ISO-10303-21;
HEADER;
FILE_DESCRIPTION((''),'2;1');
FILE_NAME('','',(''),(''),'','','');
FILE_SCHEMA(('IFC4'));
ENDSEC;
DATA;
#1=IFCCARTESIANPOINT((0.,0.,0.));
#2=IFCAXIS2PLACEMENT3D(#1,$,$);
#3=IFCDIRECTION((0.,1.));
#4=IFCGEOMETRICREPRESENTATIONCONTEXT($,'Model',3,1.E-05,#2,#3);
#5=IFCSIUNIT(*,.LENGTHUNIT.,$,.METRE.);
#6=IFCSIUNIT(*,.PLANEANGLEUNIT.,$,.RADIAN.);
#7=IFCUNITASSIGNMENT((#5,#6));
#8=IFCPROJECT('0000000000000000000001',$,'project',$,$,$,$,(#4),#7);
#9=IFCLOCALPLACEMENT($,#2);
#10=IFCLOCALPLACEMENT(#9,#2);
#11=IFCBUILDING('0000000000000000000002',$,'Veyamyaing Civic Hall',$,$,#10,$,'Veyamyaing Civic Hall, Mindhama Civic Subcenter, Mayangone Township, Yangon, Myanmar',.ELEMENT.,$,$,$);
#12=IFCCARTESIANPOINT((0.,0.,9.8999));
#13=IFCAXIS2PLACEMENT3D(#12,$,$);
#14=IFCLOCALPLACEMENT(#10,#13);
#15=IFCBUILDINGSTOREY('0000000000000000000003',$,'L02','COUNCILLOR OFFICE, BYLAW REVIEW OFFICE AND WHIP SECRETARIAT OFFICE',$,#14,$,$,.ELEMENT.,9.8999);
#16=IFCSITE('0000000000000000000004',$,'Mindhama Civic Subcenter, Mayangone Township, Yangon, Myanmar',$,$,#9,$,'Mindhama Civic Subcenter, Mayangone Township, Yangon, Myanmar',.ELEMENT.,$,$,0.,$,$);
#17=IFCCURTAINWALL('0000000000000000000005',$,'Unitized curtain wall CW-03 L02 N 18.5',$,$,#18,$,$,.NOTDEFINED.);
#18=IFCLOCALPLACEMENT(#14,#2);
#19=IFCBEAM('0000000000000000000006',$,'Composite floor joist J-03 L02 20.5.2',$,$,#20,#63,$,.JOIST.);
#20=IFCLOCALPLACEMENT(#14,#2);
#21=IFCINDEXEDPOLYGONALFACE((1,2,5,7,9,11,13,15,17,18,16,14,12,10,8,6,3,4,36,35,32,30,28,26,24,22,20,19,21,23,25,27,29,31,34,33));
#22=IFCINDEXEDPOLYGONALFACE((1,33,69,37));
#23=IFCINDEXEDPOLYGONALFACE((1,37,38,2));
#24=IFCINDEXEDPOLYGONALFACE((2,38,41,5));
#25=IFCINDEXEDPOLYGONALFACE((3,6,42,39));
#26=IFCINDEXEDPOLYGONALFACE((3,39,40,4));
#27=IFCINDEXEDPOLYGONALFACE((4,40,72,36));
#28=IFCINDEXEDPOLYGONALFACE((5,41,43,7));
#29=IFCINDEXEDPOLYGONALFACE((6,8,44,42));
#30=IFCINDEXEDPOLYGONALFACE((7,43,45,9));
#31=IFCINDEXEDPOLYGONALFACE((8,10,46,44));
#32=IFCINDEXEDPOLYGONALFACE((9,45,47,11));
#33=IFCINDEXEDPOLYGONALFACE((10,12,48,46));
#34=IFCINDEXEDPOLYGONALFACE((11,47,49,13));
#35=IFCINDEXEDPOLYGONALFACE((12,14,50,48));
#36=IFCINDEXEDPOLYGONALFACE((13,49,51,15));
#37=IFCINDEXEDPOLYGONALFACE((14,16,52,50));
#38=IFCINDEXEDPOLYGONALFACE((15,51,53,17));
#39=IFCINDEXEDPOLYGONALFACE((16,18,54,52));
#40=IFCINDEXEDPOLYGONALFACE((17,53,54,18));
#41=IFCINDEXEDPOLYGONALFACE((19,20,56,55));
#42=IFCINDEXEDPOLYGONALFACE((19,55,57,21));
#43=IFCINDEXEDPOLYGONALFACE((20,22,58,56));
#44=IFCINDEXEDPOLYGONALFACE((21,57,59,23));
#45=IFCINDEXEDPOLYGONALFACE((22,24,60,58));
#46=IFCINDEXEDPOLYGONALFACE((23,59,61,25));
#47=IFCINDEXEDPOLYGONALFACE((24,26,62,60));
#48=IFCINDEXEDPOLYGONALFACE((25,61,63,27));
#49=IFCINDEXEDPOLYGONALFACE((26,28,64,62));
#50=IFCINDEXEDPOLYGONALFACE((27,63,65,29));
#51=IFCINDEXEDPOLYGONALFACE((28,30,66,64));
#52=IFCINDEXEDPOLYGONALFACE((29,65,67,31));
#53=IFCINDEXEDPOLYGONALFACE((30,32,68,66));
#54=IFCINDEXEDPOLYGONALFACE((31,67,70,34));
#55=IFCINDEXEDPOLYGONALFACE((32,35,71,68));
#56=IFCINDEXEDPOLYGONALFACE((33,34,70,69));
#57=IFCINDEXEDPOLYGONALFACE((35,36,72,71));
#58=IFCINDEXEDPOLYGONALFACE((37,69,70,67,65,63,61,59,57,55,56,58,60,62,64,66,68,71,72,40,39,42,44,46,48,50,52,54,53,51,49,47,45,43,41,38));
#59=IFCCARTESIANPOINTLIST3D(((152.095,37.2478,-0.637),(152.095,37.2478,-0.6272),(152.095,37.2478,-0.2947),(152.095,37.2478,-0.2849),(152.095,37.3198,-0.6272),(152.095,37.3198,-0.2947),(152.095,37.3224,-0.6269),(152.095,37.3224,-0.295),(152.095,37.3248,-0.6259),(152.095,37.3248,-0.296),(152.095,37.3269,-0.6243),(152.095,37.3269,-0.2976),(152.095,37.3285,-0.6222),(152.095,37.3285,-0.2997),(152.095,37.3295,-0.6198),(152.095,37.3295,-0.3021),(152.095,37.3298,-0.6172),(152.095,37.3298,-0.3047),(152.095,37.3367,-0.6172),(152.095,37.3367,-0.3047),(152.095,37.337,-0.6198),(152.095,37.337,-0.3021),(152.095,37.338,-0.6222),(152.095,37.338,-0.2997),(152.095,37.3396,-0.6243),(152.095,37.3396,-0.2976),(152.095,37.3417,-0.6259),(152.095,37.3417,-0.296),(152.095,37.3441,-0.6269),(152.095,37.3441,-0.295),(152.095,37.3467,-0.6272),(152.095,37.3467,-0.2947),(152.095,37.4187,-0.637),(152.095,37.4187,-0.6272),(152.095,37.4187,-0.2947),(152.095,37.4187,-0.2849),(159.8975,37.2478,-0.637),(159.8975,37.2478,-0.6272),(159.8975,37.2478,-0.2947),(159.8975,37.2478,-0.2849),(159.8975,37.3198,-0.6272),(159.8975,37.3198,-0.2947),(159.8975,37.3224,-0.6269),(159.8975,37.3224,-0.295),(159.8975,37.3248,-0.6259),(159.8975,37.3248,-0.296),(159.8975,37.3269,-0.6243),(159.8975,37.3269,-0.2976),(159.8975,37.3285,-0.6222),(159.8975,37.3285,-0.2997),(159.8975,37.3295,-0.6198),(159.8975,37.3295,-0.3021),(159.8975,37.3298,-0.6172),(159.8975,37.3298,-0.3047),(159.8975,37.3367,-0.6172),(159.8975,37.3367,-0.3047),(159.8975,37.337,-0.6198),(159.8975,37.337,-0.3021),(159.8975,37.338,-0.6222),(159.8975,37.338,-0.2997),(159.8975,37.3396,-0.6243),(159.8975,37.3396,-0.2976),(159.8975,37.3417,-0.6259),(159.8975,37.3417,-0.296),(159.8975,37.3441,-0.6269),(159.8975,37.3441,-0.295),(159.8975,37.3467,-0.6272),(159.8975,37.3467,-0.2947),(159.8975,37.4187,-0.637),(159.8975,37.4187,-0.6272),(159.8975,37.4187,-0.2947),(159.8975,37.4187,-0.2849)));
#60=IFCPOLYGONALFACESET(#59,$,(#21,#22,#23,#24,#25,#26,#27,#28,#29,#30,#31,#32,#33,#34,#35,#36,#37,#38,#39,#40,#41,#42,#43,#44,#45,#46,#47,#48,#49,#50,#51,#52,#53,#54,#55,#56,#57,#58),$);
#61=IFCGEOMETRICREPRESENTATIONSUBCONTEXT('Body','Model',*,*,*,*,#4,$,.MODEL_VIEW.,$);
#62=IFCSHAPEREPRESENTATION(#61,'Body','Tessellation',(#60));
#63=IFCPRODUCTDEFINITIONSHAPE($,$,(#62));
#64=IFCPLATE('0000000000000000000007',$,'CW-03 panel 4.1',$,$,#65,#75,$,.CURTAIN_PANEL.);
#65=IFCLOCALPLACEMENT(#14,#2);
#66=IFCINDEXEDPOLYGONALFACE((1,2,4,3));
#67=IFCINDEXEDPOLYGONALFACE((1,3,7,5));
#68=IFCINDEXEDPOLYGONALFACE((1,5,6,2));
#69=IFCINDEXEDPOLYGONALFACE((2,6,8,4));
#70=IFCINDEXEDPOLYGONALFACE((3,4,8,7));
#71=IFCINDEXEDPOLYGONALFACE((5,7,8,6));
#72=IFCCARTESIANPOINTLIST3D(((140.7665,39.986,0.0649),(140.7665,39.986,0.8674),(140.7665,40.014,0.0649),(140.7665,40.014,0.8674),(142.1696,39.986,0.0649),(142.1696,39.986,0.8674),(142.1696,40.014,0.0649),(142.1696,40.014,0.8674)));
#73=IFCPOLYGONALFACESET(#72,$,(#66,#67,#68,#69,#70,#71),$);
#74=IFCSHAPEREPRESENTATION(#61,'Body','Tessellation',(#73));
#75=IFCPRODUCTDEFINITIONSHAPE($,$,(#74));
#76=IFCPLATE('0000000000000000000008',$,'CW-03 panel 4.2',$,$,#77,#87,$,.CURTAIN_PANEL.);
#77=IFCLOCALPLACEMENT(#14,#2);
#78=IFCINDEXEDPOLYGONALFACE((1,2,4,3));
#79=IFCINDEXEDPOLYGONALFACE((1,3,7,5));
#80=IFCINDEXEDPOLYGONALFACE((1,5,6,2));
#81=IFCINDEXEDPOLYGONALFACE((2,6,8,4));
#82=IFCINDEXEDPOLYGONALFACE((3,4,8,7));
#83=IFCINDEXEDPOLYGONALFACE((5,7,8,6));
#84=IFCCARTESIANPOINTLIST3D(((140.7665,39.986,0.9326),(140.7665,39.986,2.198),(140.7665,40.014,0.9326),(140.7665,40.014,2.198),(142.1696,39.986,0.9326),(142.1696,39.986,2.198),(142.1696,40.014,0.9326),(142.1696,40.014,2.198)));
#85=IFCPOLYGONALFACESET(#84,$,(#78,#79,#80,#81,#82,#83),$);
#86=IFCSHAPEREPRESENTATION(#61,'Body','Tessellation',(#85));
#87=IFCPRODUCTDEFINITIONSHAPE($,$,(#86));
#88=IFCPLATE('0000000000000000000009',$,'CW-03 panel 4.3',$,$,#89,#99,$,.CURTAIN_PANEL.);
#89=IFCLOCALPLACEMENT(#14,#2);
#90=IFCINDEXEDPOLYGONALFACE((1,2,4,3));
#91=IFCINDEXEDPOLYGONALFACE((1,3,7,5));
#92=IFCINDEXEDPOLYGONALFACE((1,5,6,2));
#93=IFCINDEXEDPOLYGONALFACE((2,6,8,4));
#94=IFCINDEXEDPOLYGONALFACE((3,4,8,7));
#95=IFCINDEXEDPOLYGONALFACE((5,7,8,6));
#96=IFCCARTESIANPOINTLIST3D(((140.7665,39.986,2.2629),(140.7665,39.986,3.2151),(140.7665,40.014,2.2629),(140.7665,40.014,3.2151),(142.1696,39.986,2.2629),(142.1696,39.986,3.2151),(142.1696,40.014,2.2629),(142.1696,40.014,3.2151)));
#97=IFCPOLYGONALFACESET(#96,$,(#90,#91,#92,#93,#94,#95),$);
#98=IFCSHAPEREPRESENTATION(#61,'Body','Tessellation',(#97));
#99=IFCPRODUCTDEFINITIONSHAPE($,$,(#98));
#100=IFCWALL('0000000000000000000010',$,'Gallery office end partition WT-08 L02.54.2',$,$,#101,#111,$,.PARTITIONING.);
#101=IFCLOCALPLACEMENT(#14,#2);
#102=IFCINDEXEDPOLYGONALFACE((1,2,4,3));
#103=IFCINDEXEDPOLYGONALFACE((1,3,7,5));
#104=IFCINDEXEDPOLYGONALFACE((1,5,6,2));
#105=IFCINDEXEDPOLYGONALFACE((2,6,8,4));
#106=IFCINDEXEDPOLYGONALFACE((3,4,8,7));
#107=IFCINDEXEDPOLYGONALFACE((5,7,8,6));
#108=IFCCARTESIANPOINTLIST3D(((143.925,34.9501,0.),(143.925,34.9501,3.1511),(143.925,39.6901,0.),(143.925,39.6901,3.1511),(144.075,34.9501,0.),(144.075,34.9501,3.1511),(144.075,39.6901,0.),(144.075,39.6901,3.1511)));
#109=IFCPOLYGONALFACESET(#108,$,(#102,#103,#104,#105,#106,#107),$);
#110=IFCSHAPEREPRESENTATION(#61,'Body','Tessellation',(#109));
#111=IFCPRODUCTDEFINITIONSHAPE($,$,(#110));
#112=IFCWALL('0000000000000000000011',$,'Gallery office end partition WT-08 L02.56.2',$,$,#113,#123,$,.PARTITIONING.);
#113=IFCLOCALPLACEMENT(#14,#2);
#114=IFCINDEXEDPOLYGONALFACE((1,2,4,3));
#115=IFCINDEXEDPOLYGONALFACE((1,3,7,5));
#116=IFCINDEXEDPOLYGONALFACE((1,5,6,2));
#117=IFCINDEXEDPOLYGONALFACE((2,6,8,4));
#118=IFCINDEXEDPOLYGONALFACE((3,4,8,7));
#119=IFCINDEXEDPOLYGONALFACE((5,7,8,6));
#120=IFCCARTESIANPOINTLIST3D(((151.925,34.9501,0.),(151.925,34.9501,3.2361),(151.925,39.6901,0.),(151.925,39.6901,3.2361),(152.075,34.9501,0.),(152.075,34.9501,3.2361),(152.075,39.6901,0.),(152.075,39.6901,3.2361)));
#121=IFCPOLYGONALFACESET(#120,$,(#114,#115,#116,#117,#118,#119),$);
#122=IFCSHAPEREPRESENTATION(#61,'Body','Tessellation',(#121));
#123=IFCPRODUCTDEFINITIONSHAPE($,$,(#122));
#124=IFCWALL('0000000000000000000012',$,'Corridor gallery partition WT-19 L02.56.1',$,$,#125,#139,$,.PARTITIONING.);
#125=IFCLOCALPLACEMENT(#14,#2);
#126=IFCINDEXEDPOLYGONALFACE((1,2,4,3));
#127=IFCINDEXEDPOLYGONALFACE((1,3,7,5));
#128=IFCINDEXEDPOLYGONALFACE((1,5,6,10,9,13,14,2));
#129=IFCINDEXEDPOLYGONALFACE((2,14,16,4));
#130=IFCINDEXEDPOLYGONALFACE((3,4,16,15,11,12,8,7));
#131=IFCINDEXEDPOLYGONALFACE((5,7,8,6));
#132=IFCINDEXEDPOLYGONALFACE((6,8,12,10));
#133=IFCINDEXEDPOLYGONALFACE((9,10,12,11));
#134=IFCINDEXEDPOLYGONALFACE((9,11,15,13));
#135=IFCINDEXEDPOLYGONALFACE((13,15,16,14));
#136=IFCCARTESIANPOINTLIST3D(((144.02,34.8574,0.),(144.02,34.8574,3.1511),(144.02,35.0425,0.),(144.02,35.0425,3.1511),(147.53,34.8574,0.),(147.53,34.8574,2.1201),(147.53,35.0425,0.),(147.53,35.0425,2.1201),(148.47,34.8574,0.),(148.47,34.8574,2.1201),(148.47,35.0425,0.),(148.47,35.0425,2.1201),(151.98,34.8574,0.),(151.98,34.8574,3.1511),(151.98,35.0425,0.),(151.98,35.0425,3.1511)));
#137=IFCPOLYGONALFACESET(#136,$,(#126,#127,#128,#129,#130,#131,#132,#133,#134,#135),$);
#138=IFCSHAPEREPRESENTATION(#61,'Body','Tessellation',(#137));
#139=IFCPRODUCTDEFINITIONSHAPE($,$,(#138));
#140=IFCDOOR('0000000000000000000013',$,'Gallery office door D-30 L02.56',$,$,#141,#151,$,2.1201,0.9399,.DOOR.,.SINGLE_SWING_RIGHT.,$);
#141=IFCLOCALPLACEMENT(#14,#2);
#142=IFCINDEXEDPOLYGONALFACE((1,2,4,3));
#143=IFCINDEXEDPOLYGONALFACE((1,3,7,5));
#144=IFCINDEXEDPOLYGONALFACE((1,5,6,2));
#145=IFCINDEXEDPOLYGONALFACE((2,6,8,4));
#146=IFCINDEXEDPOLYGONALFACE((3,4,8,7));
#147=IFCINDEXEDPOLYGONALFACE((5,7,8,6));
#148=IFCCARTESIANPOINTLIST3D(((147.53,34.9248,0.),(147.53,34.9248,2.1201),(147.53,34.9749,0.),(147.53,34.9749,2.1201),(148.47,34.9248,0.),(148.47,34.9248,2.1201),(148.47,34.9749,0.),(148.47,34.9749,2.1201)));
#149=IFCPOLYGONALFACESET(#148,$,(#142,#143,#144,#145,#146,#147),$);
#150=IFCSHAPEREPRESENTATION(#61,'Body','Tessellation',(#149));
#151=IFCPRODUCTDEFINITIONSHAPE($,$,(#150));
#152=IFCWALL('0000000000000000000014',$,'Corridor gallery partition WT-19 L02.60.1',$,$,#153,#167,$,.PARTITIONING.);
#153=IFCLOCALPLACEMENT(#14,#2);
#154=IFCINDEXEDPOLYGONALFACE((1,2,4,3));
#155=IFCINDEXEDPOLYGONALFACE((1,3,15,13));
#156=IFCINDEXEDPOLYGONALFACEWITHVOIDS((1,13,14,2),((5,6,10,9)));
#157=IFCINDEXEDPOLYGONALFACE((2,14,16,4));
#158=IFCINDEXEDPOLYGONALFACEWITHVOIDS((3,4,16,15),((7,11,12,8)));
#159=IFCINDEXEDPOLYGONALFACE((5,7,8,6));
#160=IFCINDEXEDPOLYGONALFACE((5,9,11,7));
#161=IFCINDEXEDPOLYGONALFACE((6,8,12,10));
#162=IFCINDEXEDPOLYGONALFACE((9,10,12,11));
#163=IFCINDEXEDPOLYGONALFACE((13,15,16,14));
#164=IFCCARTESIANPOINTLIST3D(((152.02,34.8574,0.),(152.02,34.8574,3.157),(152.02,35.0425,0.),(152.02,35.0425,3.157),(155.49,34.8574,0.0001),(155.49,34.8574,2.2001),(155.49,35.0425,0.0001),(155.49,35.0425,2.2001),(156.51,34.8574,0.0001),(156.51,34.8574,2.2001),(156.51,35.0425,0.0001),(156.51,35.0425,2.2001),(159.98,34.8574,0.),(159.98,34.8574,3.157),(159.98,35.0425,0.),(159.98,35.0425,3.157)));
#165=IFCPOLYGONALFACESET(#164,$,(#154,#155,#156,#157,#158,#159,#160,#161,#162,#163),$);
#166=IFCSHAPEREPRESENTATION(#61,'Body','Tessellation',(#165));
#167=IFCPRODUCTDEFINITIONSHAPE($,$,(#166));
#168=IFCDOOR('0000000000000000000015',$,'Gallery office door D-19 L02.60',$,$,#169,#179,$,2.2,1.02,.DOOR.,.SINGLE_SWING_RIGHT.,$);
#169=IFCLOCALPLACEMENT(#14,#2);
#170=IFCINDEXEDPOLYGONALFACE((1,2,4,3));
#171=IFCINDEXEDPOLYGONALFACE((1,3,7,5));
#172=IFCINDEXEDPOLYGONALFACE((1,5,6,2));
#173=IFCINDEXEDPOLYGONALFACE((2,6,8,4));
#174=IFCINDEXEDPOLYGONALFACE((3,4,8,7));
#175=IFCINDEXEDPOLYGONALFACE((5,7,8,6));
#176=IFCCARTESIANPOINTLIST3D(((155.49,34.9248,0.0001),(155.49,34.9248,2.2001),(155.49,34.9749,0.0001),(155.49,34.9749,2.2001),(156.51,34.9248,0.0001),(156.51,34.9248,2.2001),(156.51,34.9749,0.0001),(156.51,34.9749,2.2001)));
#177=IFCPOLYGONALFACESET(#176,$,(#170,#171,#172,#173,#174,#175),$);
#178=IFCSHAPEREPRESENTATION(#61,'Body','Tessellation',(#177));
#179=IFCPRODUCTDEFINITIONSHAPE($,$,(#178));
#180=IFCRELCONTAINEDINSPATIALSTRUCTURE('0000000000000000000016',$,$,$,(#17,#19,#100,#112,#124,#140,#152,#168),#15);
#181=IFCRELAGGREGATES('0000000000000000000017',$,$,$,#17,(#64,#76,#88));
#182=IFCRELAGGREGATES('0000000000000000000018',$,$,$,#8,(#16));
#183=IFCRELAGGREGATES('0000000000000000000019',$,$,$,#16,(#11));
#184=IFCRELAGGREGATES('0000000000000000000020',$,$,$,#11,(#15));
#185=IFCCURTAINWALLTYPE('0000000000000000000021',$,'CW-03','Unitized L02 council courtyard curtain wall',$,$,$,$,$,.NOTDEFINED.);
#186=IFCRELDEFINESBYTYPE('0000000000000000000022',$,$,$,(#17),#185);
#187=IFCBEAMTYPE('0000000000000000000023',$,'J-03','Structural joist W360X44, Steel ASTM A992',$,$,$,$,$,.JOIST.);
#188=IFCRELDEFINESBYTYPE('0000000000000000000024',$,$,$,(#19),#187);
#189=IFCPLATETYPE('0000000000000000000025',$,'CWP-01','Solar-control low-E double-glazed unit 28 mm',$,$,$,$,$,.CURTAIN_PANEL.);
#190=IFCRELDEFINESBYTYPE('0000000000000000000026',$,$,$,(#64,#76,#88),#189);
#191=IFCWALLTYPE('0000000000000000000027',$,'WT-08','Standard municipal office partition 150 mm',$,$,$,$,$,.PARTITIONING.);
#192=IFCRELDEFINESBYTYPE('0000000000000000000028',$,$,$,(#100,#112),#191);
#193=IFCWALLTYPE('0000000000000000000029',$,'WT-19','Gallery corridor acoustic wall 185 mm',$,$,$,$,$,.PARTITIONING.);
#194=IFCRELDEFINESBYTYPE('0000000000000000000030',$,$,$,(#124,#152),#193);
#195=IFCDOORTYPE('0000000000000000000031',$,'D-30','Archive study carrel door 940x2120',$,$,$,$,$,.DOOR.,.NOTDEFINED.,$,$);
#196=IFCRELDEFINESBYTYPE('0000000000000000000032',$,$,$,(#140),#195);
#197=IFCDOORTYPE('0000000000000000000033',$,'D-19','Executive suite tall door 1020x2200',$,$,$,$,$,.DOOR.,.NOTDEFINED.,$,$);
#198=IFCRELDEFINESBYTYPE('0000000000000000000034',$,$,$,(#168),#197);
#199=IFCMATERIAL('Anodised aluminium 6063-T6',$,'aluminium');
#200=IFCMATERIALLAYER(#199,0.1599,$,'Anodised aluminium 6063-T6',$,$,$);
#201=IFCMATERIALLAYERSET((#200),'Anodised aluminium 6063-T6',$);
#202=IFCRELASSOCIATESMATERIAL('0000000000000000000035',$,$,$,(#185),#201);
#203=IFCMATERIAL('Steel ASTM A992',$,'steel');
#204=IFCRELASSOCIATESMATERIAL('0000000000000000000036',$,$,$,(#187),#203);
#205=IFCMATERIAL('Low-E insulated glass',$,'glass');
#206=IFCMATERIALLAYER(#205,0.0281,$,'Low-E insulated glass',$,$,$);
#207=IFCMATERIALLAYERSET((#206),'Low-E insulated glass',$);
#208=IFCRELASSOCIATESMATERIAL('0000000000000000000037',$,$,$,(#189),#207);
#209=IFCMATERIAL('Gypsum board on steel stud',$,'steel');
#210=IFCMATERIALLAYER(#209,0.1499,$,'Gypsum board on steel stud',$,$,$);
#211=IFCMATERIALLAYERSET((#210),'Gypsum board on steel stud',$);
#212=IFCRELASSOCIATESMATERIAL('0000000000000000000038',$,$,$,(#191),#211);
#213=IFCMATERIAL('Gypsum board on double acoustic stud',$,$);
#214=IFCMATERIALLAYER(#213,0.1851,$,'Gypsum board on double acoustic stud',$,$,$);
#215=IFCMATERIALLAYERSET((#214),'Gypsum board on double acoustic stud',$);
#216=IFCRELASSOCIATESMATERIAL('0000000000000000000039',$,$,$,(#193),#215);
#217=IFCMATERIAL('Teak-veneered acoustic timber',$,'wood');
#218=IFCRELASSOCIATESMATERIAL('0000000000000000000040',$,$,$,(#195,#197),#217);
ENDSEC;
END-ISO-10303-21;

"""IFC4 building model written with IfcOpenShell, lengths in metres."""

from ifc_helpers import new_model, si_unit, direction, frame, frame_2d, origin, origin_2d, place, context, subcontext, project, spatial, rectangle, i_section, extrude, material, layer, layer_set, material_profile, profile_set, type_object, element, fill, aggregate, save


model = new_model("IFC4")

# Units and contexts
model_context = context("Model", 3, precision=1e-05, world=origin(), true_north=direction((0.0, 1.0)))
body_context = subcontext(model_context, "Body", "Model", "MODEL_VIEW")
ifc_project = project(units=[si_unit("LENGTHUNIT", "METRE"), si_unit("PLANEANGLEUNIT", "RADIAN")], contexts=[model_context])

# Site, building, storey
site_placement = place(None, origin())
site = spatial("IfcSite", under=ifc_project, at=site_placement, Name="Mindhama Civic Subcenter, Mayangone Township, Yangon, Myanmar", LongName="Mindhama Civic Subcenter, Mayangone Township, Yangon, Myanmar", CompositionType="ELEMENT", RefElevation=0.0)
building_placement = place(site_placement, origin())
building = spatial("IfcBuilding", under=site, at=building_placement, Name="Veyamyaing Civic Hall", LongName="Veyamyaing Civic Hall, Mindhama Civic Subcenter, Mayangone Township, Yangon, Myanmar", CompositionType="ELEMENT")
storey_placement = place(building_placement, frame((0.0, 0.0, 9.8999)))
storey = spatial("IfcBuildingStorey", under=building, at=storey_placement, Name="L02", Description="COUNCILLOR OFFICE, BYLAW REVIEW OFFICE AND WHIP SECRETARIAT OFFICE", CompositionType="ELEMENT", Elevation=9.8999)

# Shared definitions
ifc_material_1 = material(Name="Steel ASTM A992", Category="steel")

# Curtain wall
ifc_material_2 = material(Name="Anodised aluminium 6063-T6", Category="aluminium")
ifc_layer_1 = layer(ifc_material_2, 0.1599, Name="Anodised aluminium 6063-T6")
ifc_layer_set_1 = layer_set([ifc_layer_1], Name="Anodised aluminium 6063-T6")
curtain_wall_type = type_object("IfcCurtainWallType", Name="CW-03", Description="Unitized L02 council courtyard curtain wall", PredefinedType="NOTDEFINED", material=ifc_layer_set_1)
curtain_wall_placement = place(storey_placement, origin())
curtain_wall = element("IfcCurtainWall", 1, at=curtain_wall_placement, inside=storey, type_object=curtain_wall_type, Name="Unitized curtain wall CW-03 L02 N 18.5", PredefinedType="NOTDEFINED")

# Beam
ifc_material_profile_1 = material_profile(ifc_material_1, i_section(OverallWidth=0.1709, OverallDepth=0.3521, WebThickness=0.0068, FlangeThickness=0.0098, FilletRadius=0.01, at=origin_2d()), Name="W360X44")
ifc_profile_set_1 = profile_set([ifc_material_profile_1], Name="Steel ASTM A992")
beam_type_1 = type_object("IfcBeamType", Name="J-03", Description="Structural joist W360X44, Steel ASTM A992", PredefinedType="JOIST", material=ifc_profile_set_1)
for number, where, z_axis, x_axis, name in (
    (2, (152.095, 37.3333, -0.4609), (1.0, 0.0, 0.0), (0.0, 1.0, 0.0), "Composite floor joist J-03 L02 20.5.2"),
):
    element("IfcBeam", number, at=place(storey_placement, frame(where, z_axis=z_axis, x_axis=x_axis)), inside=storey, type_object=beam_type_1, Name=name, PredefinedType="JOIST", context=body_context, shape_type="SweptSolid", body=[
        extrude(i_section(OverallWidth=0.1709, OverallDepth=0.3521, WebThickness=0.0068, FlangeThickness=0.0098, FilletRadius=0.01, at=origin_2d()), origin(), (0.0, 0.0, 1.0), 7.8025),
    ])

# Plates
ifc_material_3 = material(Name="Low-E insulated glass", Category="glass")
ifc_layer_2 = layer(ifc_material_3, 0.0281, Name="Low-E insulated glass")
ifc_layer_set_2 = layer_set([ifc_layer_2], Name="Low-E insulated glass")
plate_type = type_object("IfcPlateType", Name="CWP-01", Description="Solar-control low-E double-glazed unit 28 mm", PredefinedType="CURTAIN_PANEL", material=ifc_layer_set_2)
plate_1_placement = place(storey_placement, frame((141.468, 40.0, 0.0649), z_axis=(0.0, 0.0, 1.0), x_axis=(1.0, 0.0, 0.0)))
plate_1 = element("IfcPlate", 3, at=plate_1_placement, type_object=plate_type, Name="CW-03 panel 4.1", PredefinedType="CURTAIN_PANEL", context=body_context, shape_type="SweptSolid", body=[
    extrude(rectangle(XDim=1.4031, YDim=0.0281, at=origin_2d()), origin(), (0.0, 0.0, 1.0), 0.8025),
])
plate_2_placement = place(storey_placement, frame((141.468, 40.0, 0.9326), z_axis=(0.0, 0.0, 1.0), x_axis=(1.0, 0.0, 0.0)))
plate_2 = element("IfcPlate", 4, at=plate_2_placement, type_object=plate_type, Name="CW-03 panel 4.2", PredefinedType="CURTAIN_PANEL", context=body_context, shape_type="SweptSolid", body=[
    extrude(rectangle(XDim=1.4031, YDim=0.0281, at=origin_2d()), origin(), (0.0, 0.0, 1.0), 1.2654),
])
plate_3_placement = place(storey_placement, frame((141.468, 40.0, 2.2629), z_axis=(0.0, 0.0, 1.0), x_axis=(1.0, 0.0, 0.0)))
plate_3 = element("IfcPlate", 5, at=plate_3_placement, type_object=plate_type, Name="CW-03 panel 4.3", PredefinedType="CURTAIN_PANEL", context=body_context, shape_type="SweptSolid", body=[
    extrude(rectangle(XDim=1.4031, YDim=0.0281, at=origin_2d()), origin(), (0.0, 0.0, 1.0), 0.9521),
])
aggregate(curtain_wall, [plate_1, plate_2, plate_3])

# Walls
ifc_material_4 = material(Name="Gypsum board on steel stud", Category="steel")
ifc_layer_3 = layer(ifc_material_4, 0.1499, Name="Gypsum board on steel stud")
ifc_layer_set_3 = layer_set([ifc_layer_3], Name="Gypsum board on steel stud")
wall_type_1 = type_object("IfcWallType", Name="WT-08", Description="Standard municipal office partition 150 mm", PredefinedType="PARTITIONING", material=ifc_layer_set_3)
wall_1_placement = place(storey_placement, frame((144.0, 34.95, 0.0), z_axis=(0.0, 0.0, 1.0), x_axis=(0.0, 1.0, 0.0)))
element("IfcWall", 6, at=wall_1_placement, inside=storey, type_object=wall_type_1, Name="Gallery office end partition WT-08 L02.54.2", PredefinedType="PARTITIONING", context=body_context, shape_type="SweptSolid", body=[
    extrude(rectangle(XDim=4.74, YDim=0.1499, at=frame_2d((2.3701, 0.0))), origin(), (0.0, 0.0, 1.0), 3.1511),
])
wall_2_placement = place(storey_placement, frame((152.0, 34.95, 0.0), z_axis=(0.0, 0.0, 1.0), x_axis=(0.0, 1.0, 0.0)))
element("IfcWall", 7, at=wall_2_placement, inside=storey, type_object=wall_type_1, Name="Gallery office end partition WT-08 L02.56.2", PredefinedType="PARTITIONING", context=body_context, shape_type="SweptSolid", body=[
    extrude(rectangle(XDim=4.74, YDim=0.1499, at=frame_2d((2.3701, 0.0))), origin(), (0.0, 0.0, 1.0), 3.2361),
])

# Walls, openings, doors
ifc_material_5 = material(Name="Gypsum board on double acoustic stud")
ifc_layer_4 = layer(ifc_material_5, 0.1851, Name="Gypsum board on double acoustic stud")
ifc_layer_set_4 = layer_set([ifc_layer_4], Name="Gypsum board on double acoustic stud")
wall_type_2 = type_object("IfcWallType", Name="WT-19", Description="Gallery corridor acoustic wall 185 mm", PredefinedType="PARTITIONING", material=ifc_layer_set_4)
wall_3_placement = place(storey_placement, frame((144.02, 34.95, 0.0), z_axis=(0.0, 0.0, 1.0), x_axis=(1.0, 0.0, 0.0)))
wall_3 = element("IfcWall", 8, at=wall_3_placement, inside=storey, type_object=wall_type_2, Name="Corridor gallery partition WT-19 L02.56.1", PredefinedType="PARTITIONING", context=body_context, shape_type="SweptSolid", body=[
    extrude(rectangle(XDim=7.96, YDim=0.1851, at=frame_2d((3.98, 0.0))), origin(), (0.0, 0.0, 1.0), 3.1511),
])
opening_1_placement = place(wall_3_placement, frame((3.51, 0.0, 0.0)))
opening_1 = element("IfcOpeningElement", 9, at=opening_1_placement, cuts=wall_3, PredefinedType="OPENING", context=body_context, shape_type="SweptSolid", body=[
    extrude(rectangle(XDim=0.9399, YDim=2.1201, at=frame_2d((0.47, 1.0601))), frame((0.0, 0.1025, 0.0), z_axis=(0.0, -1.0, 0.0), x_axis=(1.0, 0.0, 0.0)), (0.0, 0.0, 1.0), 0.2051),
])
ifc_material_6 = material(Name="Teak-veneered acoustic timber", Category="wood")
door_type_1 = type_object("IfcDoorType", Name="D-30", Description="Archive study carrel door 940x2120", OperationType="NOTDEFINED", PredefinedType="DOOR", material=ifc_material_6)
door_1_placement = place(opening_1_placement, origin())
door_1 = element("IfcDoor", 10, at=door_1_placement, inside=storey, type_object=door_type_1, Name="Gallery office door D-30 L02.56", OperationType="SINGLE_SWING_RIGHT", OverallHeight=2.1201, OverallWidth=0.9399, PredefinedType="DOOR", context=body_context, shape_type="SweptSolid", body=[
    extrude(rectangle(XDim=0.9399, YDim=2.1201, at=frame_2d((0.47, 1.0601))), frame((0.0, 0.0249, 0.0), z_axis=(0.0, -1.0, 0.0), x_axis=(1.0, 0.0, 0.0)), (0.0, 0.0, 1.0), 0.05),
])
fill(opening_1, door_1)
wall_4_placement = place(storey_placement, frame((152.02, 34.95, 0.0), z_axis=(0.0, 0.0, 1.0), x_axis=(1.0, 0.0, 0.0)))
wall_4 = element("IfcWall", 11, at=wall_4_placement, inside=storey, type_object=wall_type_2, Name="Corridor gallery partition WT-19 L02.60.1", PredefinedType="PARTITIONING", context=body_context, shape_type="SweptSolid", body=[
    extrude(rectangle(XDim=7.96, YDim=0.1851, at=frame_2d((3.98, 0.0))), origin(), (0.0, 0.0, 1.0), 3.157),
])
opening_2_placement = place(wall_4_placement, frame((3.47, 0.0, 0.0)))
opening_2 = element("IfcOpeningElement", 12, at=opening_2_placement, cuts=wall_4, PredefinedType="OPENING", context=body_context, shape_type="SweptSolid", body=[
    extrude(rectangle(XDim=1.02, YDim=2.2, at=frame_2d((0.51, 1.1001))), frame((0.0, 0.1025, 0.0), z_axis=(0.0, -1.0, 0.0), x_axis=(1.0, 0.0, 0.0)), (0.0, 0.0, 1.0), 0.2051),
])
door_type_2 = type_object("IfcDoorType", Name="D-19", Description="Executive suite tall door 1020x2200", OperationType="NOTDEFINED", PredefinedType="DOOR", material=ifc_material_6)
door_2_placement = place(opening_2_placement, origin())
door_2 = element("IfcDoor", 13, at=door_2_placement, inside=storey, type_object=door_type_2, Name="Gallery office door D-19 L02.60", OperationType="SINGLE_SWING_RIGHT", OverallHeight=2.2, OverallWidth=1.02, PredefinedType="DOOR", context=body_context, shape_type="SweptSolid", body=[
    extrude(rectangle(XDim=1.02, YDim=2.2, at=frame_2d((0.51, 1.1001))), frame((0.0, 0.0249, 0.0), z_axis=(0.0, -1.0, 0.0), x_axis=(1.0, 0.0, 0.0)), (0.0, 0.0, 1.0), 0.05),
])
fill(opening_2, door_2)

save(model, "model.ifc")
